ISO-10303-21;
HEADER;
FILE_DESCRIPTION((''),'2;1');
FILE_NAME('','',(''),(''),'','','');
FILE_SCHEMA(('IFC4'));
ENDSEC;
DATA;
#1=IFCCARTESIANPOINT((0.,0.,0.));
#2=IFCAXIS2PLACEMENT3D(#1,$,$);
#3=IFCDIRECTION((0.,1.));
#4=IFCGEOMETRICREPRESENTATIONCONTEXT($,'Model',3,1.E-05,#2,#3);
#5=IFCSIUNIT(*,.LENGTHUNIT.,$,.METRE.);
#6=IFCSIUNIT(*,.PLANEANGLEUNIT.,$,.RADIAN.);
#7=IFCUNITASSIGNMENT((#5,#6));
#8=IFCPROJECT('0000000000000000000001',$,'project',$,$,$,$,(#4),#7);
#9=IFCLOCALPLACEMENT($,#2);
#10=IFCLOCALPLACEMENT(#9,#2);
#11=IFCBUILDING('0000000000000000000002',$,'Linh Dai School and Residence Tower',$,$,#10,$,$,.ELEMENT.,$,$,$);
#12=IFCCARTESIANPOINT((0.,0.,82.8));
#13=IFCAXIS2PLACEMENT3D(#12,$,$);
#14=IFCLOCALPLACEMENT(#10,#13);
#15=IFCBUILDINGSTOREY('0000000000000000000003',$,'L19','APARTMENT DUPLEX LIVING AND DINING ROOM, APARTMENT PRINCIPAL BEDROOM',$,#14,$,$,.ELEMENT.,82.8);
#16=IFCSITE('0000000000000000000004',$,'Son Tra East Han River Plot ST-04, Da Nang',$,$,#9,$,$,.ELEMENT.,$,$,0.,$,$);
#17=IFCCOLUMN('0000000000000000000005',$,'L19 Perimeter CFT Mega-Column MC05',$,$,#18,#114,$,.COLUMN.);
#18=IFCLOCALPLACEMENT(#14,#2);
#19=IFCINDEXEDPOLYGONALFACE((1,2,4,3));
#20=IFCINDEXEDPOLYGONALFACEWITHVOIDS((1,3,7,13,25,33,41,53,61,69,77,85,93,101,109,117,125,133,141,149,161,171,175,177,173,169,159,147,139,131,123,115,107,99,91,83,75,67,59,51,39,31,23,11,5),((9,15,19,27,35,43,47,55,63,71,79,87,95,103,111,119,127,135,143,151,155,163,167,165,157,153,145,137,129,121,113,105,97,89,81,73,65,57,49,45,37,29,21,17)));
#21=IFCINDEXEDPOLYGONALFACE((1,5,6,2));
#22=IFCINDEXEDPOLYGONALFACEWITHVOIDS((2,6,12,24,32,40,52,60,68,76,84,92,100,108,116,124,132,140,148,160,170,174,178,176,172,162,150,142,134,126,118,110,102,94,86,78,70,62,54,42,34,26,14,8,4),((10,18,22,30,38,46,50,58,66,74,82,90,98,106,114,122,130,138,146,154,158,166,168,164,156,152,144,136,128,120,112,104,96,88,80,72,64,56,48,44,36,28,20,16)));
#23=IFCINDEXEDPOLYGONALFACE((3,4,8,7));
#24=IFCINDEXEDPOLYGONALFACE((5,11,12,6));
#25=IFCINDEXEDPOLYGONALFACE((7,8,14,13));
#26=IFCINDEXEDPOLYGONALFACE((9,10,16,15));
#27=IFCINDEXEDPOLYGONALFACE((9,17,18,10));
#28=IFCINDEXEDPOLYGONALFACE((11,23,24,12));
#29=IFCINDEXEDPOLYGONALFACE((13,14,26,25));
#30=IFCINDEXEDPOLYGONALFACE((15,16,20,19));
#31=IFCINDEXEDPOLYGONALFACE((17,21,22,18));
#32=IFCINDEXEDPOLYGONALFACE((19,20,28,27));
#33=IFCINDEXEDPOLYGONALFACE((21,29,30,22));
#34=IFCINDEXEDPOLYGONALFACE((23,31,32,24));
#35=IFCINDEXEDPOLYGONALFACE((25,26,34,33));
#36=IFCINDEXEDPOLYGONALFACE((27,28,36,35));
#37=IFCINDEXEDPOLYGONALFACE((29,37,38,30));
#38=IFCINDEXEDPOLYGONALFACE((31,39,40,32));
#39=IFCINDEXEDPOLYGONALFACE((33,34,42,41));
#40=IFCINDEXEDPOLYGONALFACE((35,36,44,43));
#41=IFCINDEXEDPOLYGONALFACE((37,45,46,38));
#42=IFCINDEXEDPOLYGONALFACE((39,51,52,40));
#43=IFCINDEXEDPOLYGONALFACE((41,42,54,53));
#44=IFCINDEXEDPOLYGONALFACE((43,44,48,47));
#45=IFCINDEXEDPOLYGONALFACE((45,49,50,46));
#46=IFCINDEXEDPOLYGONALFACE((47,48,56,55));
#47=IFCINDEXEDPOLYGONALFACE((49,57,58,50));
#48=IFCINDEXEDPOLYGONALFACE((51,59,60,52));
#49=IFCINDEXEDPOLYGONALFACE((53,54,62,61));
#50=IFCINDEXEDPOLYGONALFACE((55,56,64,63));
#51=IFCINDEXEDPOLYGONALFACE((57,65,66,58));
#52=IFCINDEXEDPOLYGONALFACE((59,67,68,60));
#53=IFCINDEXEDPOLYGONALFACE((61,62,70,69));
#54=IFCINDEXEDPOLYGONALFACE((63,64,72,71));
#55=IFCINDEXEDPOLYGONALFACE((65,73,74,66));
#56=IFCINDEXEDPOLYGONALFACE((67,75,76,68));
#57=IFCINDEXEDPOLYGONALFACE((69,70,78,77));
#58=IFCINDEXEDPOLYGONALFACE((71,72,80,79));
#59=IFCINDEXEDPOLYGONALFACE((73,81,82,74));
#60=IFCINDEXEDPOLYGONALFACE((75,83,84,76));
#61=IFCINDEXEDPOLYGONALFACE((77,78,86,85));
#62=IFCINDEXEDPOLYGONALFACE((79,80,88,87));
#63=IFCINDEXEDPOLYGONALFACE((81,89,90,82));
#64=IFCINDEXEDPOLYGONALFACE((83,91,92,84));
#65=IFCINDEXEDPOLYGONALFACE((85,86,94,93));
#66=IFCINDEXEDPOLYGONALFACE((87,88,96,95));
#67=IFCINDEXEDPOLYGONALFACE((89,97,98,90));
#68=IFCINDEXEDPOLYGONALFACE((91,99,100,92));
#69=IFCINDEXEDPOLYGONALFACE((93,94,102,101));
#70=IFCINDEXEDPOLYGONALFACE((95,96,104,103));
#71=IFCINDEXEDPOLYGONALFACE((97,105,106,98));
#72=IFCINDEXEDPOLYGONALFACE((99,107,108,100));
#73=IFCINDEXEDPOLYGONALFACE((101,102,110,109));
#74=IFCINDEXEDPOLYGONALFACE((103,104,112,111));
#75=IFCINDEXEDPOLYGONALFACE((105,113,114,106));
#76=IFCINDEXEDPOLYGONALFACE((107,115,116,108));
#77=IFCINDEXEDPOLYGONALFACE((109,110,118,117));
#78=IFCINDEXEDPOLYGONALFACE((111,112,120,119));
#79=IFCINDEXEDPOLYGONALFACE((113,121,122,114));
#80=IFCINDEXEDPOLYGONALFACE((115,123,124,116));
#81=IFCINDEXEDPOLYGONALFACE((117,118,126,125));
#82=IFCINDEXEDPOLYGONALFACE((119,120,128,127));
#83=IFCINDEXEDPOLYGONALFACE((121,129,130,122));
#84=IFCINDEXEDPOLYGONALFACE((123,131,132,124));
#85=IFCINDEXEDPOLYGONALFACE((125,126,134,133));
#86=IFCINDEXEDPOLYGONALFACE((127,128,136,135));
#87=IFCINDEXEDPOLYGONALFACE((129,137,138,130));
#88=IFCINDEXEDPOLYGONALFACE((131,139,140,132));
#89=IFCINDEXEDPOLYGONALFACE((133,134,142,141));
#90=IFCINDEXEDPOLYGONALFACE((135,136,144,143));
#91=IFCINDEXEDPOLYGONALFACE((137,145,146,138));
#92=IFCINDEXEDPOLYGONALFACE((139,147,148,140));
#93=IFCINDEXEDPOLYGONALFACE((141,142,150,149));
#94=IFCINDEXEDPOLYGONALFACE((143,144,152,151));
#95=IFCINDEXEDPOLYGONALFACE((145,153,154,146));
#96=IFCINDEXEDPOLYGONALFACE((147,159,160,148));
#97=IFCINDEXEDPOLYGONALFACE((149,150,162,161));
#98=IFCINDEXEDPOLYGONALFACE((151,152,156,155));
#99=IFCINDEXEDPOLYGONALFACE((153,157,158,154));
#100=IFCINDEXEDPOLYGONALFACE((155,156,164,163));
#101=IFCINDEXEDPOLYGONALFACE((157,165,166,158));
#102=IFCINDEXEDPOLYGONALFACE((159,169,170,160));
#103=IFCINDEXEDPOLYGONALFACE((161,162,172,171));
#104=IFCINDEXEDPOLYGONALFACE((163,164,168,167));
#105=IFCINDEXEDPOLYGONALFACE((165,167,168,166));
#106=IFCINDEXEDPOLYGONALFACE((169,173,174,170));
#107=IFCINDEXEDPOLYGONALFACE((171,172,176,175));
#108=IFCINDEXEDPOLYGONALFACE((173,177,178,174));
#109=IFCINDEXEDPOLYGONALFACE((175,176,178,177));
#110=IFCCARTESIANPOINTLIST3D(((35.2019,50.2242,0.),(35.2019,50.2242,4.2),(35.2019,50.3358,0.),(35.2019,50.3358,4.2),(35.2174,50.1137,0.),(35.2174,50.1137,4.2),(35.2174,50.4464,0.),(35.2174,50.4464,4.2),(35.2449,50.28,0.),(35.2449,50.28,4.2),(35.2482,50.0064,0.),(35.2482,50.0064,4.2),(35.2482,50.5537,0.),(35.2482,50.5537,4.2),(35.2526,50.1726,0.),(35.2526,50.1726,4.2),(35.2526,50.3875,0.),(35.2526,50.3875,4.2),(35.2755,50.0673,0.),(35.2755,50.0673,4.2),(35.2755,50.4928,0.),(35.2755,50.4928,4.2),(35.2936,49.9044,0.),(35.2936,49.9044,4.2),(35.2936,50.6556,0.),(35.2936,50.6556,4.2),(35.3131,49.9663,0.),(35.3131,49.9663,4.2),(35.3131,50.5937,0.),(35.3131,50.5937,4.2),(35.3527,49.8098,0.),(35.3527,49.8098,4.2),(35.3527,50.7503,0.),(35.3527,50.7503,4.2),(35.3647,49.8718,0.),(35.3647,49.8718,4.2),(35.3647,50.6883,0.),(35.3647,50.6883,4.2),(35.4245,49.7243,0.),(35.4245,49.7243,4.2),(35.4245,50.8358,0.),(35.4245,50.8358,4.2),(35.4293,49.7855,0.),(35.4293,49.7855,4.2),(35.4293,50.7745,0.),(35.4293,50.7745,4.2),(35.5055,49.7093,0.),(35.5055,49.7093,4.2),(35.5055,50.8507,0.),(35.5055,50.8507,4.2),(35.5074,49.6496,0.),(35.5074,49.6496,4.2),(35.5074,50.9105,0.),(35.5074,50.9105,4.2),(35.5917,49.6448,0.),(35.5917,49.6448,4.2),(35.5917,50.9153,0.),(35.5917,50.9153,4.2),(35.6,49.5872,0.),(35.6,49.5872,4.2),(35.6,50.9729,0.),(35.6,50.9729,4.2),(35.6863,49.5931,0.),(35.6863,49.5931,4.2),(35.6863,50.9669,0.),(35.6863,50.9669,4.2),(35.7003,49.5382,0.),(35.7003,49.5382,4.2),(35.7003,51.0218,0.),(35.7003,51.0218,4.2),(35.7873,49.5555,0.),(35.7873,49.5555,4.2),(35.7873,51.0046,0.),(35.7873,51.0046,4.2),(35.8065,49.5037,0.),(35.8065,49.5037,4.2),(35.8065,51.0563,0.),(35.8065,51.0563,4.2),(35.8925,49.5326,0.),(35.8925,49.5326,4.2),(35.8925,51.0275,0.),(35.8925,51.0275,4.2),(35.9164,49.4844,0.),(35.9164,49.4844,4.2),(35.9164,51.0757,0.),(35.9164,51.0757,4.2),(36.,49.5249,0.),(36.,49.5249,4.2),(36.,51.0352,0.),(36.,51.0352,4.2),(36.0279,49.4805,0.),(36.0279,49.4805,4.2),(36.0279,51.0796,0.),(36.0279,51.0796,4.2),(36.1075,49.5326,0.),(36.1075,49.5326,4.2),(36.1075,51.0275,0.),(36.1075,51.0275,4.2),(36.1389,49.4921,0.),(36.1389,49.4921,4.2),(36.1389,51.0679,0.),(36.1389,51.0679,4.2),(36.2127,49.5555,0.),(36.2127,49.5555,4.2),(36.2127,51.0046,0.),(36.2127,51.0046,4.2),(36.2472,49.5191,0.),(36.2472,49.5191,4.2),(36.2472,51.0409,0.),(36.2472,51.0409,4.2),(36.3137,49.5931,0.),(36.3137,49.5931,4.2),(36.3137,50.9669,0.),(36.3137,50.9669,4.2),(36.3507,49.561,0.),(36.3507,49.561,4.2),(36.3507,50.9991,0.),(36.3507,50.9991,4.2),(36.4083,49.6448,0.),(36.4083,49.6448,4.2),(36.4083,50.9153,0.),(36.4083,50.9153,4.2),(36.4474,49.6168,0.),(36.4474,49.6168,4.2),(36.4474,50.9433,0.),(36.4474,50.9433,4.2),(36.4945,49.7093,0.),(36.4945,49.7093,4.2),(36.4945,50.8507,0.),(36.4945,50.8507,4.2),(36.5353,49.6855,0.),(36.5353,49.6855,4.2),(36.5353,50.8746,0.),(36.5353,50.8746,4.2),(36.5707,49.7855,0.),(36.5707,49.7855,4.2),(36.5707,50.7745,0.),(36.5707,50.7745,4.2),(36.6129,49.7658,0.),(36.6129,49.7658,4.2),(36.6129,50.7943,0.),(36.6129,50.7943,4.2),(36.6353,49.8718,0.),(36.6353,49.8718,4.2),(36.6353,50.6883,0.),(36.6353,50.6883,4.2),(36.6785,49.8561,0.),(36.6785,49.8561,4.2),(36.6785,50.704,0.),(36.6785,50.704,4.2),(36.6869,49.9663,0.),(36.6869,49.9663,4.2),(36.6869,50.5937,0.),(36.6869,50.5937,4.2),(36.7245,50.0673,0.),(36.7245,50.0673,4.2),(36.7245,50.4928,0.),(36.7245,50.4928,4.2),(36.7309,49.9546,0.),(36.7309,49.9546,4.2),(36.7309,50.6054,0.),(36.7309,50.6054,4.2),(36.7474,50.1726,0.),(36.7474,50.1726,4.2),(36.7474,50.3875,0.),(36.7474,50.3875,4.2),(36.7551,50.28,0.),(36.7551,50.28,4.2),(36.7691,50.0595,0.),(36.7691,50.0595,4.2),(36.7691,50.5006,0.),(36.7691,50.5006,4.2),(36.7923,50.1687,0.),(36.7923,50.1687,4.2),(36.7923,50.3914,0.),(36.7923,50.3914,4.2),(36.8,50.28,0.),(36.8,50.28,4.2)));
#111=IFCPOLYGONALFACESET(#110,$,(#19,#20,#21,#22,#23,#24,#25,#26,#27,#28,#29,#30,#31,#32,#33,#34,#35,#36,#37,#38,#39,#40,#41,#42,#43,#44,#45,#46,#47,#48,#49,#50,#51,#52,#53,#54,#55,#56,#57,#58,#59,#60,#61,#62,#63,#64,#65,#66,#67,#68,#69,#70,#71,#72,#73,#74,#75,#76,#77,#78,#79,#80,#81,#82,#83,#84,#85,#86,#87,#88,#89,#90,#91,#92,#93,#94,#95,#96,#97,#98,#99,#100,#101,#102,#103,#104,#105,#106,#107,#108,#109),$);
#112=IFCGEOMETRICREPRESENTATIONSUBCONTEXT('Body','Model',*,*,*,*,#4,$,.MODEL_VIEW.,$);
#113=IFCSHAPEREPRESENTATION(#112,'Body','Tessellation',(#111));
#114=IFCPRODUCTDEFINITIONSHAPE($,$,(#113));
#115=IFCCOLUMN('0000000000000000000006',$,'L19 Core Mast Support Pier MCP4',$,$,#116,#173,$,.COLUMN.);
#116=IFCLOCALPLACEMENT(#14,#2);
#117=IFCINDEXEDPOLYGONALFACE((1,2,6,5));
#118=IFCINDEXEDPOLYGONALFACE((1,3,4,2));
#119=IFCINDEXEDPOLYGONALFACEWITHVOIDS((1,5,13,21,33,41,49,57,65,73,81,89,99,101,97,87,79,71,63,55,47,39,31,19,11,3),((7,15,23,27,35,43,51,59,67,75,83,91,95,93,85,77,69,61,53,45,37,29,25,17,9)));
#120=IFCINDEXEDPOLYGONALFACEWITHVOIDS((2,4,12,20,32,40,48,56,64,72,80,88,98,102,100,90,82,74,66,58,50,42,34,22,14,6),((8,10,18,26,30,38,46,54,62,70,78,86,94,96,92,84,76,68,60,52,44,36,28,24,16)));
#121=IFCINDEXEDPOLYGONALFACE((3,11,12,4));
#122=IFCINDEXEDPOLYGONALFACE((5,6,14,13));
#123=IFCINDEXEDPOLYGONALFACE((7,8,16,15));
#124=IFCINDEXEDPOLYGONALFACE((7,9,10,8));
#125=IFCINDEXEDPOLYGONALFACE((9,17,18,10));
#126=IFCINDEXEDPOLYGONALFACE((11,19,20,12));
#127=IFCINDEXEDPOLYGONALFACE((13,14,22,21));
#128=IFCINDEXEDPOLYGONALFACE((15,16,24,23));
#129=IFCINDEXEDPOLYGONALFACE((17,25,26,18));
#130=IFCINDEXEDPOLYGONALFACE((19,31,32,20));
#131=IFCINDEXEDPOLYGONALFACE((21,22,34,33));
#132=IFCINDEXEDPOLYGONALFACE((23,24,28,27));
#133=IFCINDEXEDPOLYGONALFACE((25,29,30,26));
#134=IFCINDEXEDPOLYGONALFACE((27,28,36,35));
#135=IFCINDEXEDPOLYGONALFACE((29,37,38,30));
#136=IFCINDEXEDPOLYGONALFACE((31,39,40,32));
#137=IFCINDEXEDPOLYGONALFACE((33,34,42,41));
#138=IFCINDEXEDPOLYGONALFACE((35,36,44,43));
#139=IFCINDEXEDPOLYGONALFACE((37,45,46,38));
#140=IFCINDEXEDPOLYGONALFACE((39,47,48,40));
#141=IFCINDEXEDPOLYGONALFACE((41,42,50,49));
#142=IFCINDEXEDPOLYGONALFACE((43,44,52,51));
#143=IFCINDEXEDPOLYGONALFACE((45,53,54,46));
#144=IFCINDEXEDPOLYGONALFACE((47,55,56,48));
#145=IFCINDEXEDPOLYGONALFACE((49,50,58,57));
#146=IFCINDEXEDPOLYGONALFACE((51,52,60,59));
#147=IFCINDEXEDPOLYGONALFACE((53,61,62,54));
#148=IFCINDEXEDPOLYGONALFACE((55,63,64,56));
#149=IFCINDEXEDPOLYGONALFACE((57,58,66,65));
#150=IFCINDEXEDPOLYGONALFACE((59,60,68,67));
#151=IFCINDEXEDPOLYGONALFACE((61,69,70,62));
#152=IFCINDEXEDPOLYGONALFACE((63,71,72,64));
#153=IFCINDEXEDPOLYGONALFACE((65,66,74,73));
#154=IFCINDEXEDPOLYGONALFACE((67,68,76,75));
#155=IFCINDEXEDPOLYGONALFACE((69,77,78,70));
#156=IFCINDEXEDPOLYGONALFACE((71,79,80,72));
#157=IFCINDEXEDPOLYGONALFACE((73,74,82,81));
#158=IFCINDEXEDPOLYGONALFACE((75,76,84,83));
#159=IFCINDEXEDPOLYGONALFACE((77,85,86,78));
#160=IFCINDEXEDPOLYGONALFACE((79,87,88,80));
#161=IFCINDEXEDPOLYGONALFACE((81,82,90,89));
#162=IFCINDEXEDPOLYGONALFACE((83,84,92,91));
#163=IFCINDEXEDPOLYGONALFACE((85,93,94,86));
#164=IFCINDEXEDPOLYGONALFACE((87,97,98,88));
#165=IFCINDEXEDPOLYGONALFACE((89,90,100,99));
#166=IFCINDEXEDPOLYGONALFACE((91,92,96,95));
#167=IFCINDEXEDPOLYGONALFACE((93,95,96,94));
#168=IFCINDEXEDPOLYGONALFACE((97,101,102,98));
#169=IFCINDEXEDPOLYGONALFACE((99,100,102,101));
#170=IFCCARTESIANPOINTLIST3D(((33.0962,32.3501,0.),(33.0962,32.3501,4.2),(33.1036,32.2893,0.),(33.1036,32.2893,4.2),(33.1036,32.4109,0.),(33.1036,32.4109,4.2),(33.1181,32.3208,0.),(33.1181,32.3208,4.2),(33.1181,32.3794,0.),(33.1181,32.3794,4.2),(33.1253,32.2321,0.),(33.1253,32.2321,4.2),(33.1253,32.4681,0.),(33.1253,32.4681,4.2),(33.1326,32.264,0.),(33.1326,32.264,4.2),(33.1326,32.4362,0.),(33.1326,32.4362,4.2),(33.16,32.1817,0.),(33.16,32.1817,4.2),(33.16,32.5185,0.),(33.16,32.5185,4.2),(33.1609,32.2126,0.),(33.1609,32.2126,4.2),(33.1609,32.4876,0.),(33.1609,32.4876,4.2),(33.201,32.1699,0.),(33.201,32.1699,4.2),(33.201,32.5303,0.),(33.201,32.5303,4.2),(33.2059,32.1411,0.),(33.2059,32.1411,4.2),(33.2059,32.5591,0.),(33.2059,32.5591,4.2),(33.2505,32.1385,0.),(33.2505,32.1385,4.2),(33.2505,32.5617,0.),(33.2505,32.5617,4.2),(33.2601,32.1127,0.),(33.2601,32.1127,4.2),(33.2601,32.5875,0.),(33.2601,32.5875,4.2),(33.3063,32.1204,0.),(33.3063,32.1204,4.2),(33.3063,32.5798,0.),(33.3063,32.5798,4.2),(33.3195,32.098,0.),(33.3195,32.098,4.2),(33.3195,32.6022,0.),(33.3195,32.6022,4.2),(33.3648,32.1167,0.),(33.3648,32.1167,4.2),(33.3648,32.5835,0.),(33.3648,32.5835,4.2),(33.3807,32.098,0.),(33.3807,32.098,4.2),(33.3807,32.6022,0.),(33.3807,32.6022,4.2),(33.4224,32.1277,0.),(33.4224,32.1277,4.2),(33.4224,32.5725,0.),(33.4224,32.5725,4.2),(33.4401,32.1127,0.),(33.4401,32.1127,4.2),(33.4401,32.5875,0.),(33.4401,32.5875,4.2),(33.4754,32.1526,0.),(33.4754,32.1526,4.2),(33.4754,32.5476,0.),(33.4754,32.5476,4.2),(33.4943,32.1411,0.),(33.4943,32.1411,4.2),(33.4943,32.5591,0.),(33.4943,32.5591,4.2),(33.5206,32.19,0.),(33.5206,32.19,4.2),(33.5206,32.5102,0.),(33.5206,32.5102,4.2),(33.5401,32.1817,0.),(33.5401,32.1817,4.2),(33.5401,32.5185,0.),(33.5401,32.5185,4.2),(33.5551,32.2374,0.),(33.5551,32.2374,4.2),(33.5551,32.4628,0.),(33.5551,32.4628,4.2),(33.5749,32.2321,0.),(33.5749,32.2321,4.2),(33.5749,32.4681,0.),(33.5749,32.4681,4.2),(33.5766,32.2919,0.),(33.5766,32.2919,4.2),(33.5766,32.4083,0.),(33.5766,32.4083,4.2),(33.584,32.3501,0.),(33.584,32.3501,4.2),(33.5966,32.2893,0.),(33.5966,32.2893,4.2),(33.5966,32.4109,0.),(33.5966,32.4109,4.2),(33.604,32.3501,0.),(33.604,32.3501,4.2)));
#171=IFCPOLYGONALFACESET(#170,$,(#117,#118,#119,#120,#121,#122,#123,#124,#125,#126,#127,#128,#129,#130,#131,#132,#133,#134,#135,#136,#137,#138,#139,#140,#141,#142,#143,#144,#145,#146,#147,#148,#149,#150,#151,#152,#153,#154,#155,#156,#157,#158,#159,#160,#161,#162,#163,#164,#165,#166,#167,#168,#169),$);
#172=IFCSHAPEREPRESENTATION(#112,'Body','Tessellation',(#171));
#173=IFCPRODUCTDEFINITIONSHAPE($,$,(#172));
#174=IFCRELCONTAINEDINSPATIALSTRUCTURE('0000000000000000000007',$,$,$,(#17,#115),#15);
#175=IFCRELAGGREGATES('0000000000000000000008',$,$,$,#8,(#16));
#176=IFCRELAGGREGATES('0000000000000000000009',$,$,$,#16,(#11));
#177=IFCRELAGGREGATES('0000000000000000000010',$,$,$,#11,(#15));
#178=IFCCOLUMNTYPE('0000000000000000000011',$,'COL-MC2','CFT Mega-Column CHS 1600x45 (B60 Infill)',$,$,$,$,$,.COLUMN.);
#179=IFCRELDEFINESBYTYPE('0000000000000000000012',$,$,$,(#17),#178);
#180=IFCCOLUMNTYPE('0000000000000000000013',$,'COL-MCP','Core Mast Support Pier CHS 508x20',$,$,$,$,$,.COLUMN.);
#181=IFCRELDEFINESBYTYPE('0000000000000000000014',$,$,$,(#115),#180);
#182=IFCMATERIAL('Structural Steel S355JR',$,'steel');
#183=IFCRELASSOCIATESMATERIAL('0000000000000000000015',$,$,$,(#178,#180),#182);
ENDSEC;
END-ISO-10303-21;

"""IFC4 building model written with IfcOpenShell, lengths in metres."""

from ifc_helpers import new_model, si_unit, direction, frame, origin, origin_2d, place, context, subcontext, project, spatial, hollow_circle, extrude, material, material_profile, profile_set, type_object, element, save


model = new_model("IFC4")

# Units and contexts
model_context = context("Model", 3, precision=1e-05, world=origin(), true_north=direction((0.0, 1.0)))
body_context = subcontext(model_context, "Body", "Model", "MODEL_VIEW")
ifc_project = project(units=[si_unit("LENGTHUNIT", "METRE"), si_unit("PLANEANGLEUNIT", "RADIAN")], contexts=[model_context])

# Site, building, storey
site_placement = place(None, origin())
site = spatial("IfcSite", under=ifc_project, at=site_placement, Name="Son Tra East Han River Plot ST-04, Da Nang", CompositionType="ELEMENT", RefElevation=0.0)
building_placement = place(site_placement, origin())
building = spatial("IfcBuilding", under=site, at=building_placement, Name="Linh Dai School and Residence Tower", CompositionType="ELEMENT")
storey_placement = place(building_placement, frame((0.0, 0.0, 82.8)))
storey = spatial("IfcBuildingStorey", under=building, at=storey_placement, Name="L19", Description="APARTMENT DUPLEX LIVING AND DINING ROOM, APARTMENT PRINCIPAL BEDROOM", CompositionType="ELEMENT", Elevation=82.8)

# Columns
ifc_material_1 = material(Name="Structural Steel S355JR", Category="steel")
ifc_material_profile_1 = material_profile(ifc_material_1, hollow_circle(Radius=0.8, WallThickness=0.0449, at=origin_2d()), Name="CHS 1600x45")
ifc_profile_set_1 = profile_set([ifc_material_profile_1], Name="Structural Steel S355JR")
column_type_1 = type_object("IfcColumnType", Name="COL-MC2", Description="CFT Mega-Column CHS 1600x45 (B60 Infill)", PredefinedType="COLUMN", material=ifc_profile_set_1)
column_1_placement = place(storey_placement, frame((36.0, 50.28, 0.0), z_axis=(0.0, 0.0, 1.0), x_axis=(1.0, 0.0, 0.0)))
element("IfcColumn", 1, at=column_1_placement, inside=storey, type_object=column_type_1, Name="L19 Perimeter CFT Mega-Column MC05", PredefinedType="COLUMN", context=body_context, shape_type="SweptSolid", body=[
    extrude(hollow_circle(Radius=0.8, WallThickness=0.0449, at=origin_2d()), origin(), (0.0, 0.0, 1.0), 4.2),
])
ifc_material_profile_2 = material_profile(ifc_material_1, hollow_circle(Radius=0.2539, WallThickness=0.02, at=origin_2d()), Name="CHS 508x20")
ifc_profile_set_2 = profile_set([ifc_material_profile_2], Name="Structural Steel S355JR")
column_type_2 = type_object("IfcColumnType", Name="COL-MCP", Description="Core Mast Support Pier CHS 508x20", PredefinedType="COLUMN", material=ifc_profile_set_2)
column_2_placement = place(storey_placement, frame((33.3501, 32.3501, 0.0), z_axis=(0.0, 0.0, 1.0), x_axis=(1.0, 0.0, 0.0)))
element("IfcColumn", 2, at=column_2_placement, inside=storey, type_object=column_type_2, Name="L19 Core Mast Support Pier MCP4", PredefinedType="COLUMN", context=body_context, shape_type="SweptSolid", body=[
    extrude(hollow_circle(Radius=0.2539, WallThickness=0.02, at=origin_2d()), origin(), (0.0, 0.0, 1.0), 4.2),
])

save(model, "model.ifc")
